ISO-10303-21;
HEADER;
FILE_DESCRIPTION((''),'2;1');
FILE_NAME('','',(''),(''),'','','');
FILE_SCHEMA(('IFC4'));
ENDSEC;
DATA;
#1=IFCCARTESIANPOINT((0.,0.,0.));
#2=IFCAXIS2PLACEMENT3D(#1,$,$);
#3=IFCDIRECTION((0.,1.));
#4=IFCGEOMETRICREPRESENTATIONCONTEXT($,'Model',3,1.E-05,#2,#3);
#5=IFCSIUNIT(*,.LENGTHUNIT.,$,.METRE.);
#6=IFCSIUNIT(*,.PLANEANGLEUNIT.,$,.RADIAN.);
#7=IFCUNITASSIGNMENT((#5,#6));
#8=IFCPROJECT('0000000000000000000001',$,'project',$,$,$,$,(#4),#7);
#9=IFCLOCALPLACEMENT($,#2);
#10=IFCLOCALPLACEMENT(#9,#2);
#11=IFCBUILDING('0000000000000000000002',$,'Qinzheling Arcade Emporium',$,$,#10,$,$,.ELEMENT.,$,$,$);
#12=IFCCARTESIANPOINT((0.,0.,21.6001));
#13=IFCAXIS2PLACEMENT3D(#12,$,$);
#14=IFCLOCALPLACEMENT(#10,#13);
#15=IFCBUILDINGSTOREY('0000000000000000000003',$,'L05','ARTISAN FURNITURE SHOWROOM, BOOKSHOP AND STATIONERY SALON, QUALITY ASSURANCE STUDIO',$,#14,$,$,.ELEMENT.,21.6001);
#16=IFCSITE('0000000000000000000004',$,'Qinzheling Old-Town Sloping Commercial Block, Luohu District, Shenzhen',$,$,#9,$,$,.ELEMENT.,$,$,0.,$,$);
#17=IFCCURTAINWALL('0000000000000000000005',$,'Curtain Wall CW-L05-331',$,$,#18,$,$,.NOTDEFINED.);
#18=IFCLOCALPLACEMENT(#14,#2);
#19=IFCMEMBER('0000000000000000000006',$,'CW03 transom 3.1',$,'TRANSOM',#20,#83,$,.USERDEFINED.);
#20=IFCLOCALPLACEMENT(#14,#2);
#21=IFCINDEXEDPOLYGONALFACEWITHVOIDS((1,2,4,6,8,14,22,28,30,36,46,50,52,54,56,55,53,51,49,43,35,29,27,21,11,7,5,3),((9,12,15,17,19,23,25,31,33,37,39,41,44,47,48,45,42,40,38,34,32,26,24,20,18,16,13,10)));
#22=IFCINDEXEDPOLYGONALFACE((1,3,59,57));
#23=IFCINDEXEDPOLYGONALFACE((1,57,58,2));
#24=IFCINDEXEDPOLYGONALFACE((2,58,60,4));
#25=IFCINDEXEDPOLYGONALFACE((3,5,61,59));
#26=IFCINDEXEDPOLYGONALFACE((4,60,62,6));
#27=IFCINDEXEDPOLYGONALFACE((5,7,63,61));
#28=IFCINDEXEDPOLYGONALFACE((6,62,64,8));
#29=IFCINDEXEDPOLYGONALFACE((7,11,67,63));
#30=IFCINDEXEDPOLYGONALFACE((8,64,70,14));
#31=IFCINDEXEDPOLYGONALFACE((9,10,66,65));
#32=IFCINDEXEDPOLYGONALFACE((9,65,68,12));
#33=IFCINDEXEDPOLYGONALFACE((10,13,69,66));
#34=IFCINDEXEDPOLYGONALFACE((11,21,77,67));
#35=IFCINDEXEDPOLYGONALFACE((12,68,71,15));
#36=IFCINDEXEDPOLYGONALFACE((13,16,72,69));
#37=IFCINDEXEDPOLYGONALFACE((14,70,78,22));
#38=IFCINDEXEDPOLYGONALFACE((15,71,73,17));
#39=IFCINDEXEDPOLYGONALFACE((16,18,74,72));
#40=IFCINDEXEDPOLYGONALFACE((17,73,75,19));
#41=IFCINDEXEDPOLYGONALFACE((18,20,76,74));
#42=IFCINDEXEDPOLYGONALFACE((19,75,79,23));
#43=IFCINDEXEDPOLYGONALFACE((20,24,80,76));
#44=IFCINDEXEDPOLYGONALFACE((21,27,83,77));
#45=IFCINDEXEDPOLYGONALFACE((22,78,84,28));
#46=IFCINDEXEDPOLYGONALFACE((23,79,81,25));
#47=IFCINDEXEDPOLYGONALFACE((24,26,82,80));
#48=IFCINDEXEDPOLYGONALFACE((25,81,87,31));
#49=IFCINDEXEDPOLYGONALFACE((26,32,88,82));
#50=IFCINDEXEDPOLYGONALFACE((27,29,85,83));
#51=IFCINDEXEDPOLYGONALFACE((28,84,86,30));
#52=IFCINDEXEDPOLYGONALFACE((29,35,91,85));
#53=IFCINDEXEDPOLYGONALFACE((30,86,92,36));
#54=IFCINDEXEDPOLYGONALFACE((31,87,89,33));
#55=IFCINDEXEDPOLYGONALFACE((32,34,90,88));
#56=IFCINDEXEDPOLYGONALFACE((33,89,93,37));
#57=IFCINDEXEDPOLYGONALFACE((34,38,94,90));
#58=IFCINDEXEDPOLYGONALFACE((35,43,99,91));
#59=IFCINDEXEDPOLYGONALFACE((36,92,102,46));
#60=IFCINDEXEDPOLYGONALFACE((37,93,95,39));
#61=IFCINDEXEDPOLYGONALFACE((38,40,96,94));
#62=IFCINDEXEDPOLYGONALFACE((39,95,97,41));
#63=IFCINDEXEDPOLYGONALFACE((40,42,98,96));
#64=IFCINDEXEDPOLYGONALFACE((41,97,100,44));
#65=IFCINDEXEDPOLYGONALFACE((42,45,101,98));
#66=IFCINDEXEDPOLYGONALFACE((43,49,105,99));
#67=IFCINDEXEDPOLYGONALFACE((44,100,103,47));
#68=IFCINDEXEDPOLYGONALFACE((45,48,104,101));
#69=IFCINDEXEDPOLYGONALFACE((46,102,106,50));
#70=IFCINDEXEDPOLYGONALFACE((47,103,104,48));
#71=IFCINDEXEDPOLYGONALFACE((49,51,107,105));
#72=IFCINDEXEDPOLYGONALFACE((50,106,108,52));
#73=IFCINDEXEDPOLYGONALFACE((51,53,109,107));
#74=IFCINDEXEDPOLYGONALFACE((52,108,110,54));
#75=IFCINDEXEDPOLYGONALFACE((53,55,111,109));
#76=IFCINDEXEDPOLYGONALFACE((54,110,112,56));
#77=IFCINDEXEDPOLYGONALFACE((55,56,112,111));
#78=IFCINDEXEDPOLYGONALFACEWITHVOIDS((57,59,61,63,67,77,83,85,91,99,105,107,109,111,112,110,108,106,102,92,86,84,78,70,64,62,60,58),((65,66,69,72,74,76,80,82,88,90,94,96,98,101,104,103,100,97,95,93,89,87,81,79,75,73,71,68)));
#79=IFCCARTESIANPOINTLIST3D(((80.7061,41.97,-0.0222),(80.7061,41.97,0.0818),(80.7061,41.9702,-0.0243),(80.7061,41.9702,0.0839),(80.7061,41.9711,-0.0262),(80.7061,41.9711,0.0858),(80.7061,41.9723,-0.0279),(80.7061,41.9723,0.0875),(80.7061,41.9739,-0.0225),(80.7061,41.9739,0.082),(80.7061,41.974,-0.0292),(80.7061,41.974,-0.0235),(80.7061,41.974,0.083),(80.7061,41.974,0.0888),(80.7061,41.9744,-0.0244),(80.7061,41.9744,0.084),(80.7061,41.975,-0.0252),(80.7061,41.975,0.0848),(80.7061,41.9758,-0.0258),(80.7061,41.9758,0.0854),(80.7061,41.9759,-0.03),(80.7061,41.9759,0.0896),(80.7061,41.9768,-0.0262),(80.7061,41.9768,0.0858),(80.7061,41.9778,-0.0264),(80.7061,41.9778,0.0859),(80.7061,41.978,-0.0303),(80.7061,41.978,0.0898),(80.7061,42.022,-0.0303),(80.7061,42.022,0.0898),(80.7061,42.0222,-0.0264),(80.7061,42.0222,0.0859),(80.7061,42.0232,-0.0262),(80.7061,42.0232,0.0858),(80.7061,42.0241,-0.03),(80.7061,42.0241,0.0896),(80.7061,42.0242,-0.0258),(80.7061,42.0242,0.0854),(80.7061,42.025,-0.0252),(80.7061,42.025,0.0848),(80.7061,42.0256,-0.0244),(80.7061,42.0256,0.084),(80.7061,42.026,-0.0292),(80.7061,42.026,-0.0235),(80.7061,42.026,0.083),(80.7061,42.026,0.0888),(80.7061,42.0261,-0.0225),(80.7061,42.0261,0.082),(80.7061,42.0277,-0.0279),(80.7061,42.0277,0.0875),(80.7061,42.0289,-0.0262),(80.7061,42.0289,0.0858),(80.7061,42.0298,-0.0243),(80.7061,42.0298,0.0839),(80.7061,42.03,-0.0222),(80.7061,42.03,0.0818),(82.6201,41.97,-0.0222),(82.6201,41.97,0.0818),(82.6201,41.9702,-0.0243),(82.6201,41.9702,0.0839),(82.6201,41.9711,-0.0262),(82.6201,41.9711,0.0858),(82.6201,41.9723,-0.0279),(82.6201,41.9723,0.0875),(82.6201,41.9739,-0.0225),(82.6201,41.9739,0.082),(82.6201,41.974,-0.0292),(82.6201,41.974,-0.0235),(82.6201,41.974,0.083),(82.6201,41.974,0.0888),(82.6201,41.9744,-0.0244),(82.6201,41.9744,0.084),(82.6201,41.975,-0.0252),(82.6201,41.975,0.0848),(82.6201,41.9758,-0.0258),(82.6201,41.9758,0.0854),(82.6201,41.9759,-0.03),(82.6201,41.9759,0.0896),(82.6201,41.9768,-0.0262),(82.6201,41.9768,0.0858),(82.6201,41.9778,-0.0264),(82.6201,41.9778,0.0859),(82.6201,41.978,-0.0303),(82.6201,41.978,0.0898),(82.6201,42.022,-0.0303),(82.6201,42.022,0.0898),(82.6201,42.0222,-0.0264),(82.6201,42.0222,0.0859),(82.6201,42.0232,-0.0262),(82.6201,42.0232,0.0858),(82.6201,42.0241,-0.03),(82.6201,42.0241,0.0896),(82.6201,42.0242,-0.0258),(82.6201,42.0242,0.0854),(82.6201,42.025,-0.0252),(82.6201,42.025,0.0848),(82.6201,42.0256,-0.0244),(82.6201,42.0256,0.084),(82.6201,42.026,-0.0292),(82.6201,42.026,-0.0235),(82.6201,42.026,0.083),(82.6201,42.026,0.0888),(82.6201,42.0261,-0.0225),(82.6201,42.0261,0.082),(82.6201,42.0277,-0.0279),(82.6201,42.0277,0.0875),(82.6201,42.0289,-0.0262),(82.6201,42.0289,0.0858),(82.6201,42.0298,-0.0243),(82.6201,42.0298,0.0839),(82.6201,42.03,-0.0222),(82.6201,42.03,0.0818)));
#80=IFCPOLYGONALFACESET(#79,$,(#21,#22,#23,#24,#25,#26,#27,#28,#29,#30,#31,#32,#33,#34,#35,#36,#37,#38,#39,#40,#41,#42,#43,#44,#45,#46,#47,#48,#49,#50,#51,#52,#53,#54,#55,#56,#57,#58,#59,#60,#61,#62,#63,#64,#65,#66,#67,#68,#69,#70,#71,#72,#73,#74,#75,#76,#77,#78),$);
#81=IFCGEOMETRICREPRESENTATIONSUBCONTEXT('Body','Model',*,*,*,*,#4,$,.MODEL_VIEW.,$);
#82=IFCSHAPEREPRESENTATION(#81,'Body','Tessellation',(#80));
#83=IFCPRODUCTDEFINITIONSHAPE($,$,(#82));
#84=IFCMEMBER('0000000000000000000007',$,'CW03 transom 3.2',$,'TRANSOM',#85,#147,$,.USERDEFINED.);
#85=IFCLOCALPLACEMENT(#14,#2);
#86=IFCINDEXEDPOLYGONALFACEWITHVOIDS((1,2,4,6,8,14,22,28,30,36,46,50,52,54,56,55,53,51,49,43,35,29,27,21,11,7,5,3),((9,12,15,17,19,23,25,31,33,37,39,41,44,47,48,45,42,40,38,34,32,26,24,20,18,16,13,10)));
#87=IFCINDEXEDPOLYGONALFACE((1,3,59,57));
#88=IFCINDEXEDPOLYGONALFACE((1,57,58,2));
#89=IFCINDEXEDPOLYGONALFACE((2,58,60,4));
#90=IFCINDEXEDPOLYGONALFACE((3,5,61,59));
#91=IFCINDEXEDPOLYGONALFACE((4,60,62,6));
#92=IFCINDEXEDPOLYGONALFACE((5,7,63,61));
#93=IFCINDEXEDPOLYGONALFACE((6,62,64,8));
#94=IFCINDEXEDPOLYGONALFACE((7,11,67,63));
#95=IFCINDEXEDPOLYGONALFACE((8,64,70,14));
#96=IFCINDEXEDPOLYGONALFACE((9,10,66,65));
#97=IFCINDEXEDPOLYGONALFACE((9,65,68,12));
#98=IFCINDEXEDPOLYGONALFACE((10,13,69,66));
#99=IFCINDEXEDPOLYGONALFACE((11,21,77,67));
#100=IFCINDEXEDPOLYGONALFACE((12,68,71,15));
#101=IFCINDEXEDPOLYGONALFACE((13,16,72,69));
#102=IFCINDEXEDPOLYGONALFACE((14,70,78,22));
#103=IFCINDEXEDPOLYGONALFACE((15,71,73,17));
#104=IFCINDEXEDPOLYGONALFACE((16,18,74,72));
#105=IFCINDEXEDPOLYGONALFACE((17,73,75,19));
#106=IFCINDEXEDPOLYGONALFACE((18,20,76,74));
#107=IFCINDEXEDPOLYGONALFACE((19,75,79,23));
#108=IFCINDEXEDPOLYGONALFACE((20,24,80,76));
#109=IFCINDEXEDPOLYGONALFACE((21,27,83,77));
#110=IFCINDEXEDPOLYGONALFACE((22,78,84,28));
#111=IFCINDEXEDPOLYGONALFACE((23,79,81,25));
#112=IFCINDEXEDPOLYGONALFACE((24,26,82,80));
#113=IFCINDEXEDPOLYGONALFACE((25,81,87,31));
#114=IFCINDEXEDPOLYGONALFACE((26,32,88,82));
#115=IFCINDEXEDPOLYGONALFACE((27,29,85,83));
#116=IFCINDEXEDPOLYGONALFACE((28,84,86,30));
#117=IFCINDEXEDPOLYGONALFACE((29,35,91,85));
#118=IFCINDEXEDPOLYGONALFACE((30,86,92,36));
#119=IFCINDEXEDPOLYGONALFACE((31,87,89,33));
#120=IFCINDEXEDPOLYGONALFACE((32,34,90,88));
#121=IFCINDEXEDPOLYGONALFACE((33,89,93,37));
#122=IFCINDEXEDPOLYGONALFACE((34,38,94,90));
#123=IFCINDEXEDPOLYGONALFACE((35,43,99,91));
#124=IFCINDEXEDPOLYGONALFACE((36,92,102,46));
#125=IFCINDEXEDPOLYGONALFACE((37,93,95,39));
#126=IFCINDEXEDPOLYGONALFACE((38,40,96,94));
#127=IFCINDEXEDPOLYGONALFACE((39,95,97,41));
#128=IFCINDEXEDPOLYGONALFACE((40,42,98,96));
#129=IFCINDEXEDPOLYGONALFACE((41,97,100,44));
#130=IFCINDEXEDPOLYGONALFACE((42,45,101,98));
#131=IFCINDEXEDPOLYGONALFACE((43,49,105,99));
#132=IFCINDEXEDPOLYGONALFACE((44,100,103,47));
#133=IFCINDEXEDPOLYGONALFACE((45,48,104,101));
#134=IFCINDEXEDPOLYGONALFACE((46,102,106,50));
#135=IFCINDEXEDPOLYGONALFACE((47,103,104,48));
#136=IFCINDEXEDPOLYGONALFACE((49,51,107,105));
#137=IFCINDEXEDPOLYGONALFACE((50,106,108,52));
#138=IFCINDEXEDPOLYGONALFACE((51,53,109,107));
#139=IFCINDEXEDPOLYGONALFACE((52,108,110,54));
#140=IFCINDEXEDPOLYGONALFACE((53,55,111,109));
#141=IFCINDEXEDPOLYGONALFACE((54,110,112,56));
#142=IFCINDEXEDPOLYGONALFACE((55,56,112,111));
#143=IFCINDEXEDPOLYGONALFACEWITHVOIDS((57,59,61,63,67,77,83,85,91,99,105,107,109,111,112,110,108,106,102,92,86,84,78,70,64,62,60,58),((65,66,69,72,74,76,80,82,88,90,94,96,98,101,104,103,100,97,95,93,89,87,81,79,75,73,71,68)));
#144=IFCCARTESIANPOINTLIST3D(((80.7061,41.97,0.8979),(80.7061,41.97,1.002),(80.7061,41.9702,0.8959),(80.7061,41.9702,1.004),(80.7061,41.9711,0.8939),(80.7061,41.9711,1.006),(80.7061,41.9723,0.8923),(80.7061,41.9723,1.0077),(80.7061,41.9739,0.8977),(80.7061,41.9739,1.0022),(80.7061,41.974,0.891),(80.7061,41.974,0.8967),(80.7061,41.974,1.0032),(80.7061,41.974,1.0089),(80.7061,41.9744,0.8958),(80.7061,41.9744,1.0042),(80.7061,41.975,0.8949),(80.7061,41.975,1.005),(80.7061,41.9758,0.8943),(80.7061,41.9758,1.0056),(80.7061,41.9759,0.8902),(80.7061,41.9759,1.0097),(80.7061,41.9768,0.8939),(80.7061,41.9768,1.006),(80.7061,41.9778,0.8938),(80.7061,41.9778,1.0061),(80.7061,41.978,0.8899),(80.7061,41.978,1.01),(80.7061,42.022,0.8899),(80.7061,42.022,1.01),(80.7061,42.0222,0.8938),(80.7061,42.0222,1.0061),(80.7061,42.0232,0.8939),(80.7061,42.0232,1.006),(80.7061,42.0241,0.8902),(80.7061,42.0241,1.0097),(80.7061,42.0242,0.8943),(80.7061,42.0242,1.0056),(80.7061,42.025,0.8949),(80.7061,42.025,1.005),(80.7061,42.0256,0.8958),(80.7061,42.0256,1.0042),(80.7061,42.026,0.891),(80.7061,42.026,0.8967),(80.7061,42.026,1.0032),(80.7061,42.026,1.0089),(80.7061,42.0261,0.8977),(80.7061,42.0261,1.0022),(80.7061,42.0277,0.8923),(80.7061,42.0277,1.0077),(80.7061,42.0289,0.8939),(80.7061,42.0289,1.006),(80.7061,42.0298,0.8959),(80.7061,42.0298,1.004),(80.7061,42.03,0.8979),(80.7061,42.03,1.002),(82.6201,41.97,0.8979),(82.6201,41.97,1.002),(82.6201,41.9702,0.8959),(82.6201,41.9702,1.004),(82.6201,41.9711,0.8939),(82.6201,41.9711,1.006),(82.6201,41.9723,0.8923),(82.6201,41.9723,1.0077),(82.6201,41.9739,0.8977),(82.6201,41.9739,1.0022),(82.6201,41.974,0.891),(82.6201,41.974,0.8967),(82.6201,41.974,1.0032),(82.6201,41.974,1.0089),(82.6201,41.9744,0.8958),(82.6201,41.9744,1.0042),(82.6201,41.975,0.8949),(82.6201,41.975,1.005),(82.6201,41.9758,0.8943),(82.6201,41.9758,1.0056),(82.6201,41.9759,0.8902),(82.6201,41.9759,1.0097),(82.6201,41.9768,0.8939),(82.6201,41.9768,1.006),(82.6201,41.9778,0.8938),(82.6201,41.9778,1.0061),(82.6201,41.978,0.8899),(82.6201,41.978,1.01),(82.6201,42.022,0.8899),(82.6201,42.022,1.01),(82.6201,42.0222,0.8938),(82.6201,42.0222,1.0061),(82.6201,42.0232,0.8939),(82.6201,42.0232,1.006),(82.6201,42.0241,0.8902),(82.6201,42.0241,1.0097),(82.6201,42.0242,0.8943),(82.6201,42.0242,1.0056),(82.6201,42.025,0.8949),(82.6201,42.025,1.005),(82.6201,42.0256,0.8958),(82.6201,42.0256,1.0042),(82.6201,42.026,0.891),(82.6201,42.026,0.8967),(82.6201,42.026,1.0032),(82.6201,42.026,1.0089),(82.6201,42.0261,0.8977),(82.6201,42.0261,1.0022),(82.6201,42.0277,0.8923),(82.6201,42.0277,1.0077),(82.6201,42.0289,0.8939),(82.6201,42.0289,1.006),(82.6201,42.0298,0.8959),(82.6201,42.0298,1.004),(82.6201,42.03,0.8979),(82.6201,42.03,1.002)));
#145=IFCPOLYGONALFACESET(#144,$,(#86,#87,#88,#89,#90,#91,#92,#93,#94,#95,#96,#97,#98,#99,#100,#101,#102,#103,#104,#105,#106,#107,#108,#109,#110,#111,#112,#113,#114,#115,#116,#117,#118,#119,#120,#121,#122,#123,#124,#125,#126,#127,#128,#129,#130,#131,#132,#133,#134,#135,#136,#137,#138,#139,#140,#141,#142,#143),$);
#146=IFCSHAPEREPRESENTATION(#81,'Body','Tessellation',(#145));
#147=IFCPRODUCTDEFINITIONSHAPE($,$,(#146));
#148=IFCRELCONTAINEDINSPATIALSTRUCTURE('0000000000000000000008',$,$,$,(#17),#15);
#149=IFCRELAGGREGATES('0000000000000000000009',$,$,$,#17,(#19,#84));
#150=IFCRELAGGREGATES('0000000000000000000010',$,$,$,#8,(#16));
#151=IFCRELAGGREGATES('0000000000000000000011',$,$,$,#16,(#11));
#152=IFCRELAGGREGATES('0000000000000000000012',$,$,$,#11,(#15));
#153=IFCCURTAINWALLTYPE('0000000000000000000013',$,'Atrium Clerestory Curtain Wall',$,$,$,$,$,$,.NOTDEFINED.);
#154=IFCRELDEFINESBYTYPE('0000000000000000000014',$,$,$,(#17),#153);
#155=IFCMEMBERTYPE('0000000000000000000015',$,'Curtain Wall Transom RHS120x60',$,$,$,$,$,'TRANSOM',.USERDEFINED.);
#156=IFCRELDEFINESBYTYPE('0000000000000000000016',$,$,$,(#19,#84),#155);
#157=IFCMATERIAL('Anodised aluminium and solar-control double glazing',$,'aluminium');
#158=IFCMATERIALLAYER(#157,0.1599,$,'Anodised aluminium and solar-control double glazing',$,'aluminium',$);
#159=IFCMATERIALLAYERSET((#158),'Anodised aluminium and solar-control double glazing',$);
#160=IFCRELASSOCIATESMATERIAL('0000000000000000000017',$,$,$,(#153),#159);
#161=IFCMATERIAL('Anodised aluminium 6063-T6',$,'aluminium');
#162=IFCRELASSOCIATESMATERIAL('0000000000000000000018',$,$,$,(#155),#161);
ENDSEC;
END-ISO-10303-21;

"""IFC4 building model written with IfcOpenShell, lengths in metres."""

from ifc_helpers import new_model, si_unit, direction, frame, origin, origin_2d, place, context, subcontext, project, spatial, hollow_rectangle, extrude, material, layer, layer_set, material_profile, profile_set, type_object, element, aggregate, save


model = new_model("IFC4")

# Units and contexts
model_context = context("Model", 3, precision=1e-05, world=origin(), true_north=direction((0.0, 1.0)))
body_context = subcontext(model_context, "Body", "Model", "MODEL_VIEW")
ifc_project = project(units=[si_unit("LENGTHUNIT", "METRE"), si_unit("PLANEANGLEUNIT", "RADIAN")], contexts=[model_context])

# Site, building, storey
site_placement = place(None, origin())
site = spatial("IfcSite", under=ifc_project, at=site_placement, Name="Qinzheling Old-Town Sloping Commercial Block, Luohu District, Shenzhen", CompositionType="ELEMENT", RefElevation=0.0)
building_placement = place(site_placement, origin())
building = spatial("IfcBuilding", under=site, at=building_placement, Name="Qinzheling Arcade Emporium", CompositionType="ELEMENT")
storey_placement = place(building_placement, frame((0.0, 0.0, 21.6001)))
storey = spatial("IfcBuildingStorey", under=building, at=storey_placement, Name="L05", Description="ARTISAN FURNITURE SHOWROOM, BOOKSHOP AND STATIONERY SALON, QUALITY ASSURANCE STUDIO", CompositionType="ELEMENT", Elevation=21.6001)

# Curtain wall
ifc_material_1 = material(Name="Anodised aluminium and solar-control double glazing", Category="aluminium")
ifc_layer_1 = layer(ifc_material_1, 0.1599, Name="Anodised aluminium and solar-control double glazing", Category="aluminium")
ifc_layer_set_1 = layer_set([ifc_layer_1], Name="Anodised aluminium and solar-control double glazing")
curtain_wall_type = type_object("IfcCurtainWallType", Name="Atrium Clerestory Curtain Wall", PredefinedType="NOTDEFINED", material=ifc_layer_set_1)
curtain_wall_1_placement = place(storey_placement, origin())
curtain_wall_1 = element("IfcCurtainWall", 1, at=curtain_wall_1_placement, inside=storey, type_object=curtain_wall_type, Name="Curtain Wall CW-L05-331", PredefinedType="NOTDEFINED")
ifc_material_2 = material(Name="Anodised aluminium 6063-T6", Category="aluminium")

# Members
ifc_material_profile_1 = material_profile(ifc_material_2, hollow_rectangle(XDim=0.0601, YDim=0.1201, WallThickness=0.0039, InnerFilletRadius=0.0039, OuterFilletRadius=0.0081, at=origin_2d()), Name="RHS 120x60x4", Category="aluminium")
ifc_profile_set_1 = profile_set([ifc_material_profile_1], Name="Anodised aluminium 6063-T6")
member_type_1 = type_object("IfcMemberType", Name="Curtain Wall Transom RHS120x60", ElementType="TRANSOM", PredefinedType="USERDEFINED", material=ifc_profile_set_1)
member_1_placement = place(storey_placement, frame((82.6201, 42.0, 0.0298), z_axis=(-1.0, 0.0, 0.0), x_axis=(0.0, -1.0, 0.0)))
member_1 = element("IfcMember", 2, at=member_1_placement, type_object=member_type_1, Name="CW03 transom 3.1", ObjectType="TRANSOM", PredefinedType="USERDEFINED", context=body_context, shape_type="SweptSolid", body=[
    extrude(hollow_rectangle(XDim=0.0601, YDim=0.1201, WallThickness=0.0039, InnerFilletRadius=0.0039, OuterFilletRadius=0.0081, at=origin_2d()), origin(), (0.0, 0.0, 1.0), 1.9141),
])
member_2_placement = place(storey_placement, frame((82.6201, 42.0, 0.95), z_axis=(-1.0, 0.0, 0.0), x_axis=(0.0, -1.0, 0.0)))
member_2 = element("IfcMember", 3, at=member_2_placement, type_object=member_type_1, Name="CW03 transom 3.2", ObjectType="TRANSOM", PredefinedType="USERDEFINED", context=body_context, shape_type="SweptSolid", body=[
    extrude(hollow_rectangle(XDim=0.0601, YDim=0.1201, WallThickness=0.0039, InnerFilletRadius=0.0039, OuterFilletRadius=0.0081, at=origin_2d()), origin(), (0.0, 0.0, 1.0), 1.9141),
])

aggregate(curtain_wall_1, [member_1, member_2])

save(model, "model.ifc")
